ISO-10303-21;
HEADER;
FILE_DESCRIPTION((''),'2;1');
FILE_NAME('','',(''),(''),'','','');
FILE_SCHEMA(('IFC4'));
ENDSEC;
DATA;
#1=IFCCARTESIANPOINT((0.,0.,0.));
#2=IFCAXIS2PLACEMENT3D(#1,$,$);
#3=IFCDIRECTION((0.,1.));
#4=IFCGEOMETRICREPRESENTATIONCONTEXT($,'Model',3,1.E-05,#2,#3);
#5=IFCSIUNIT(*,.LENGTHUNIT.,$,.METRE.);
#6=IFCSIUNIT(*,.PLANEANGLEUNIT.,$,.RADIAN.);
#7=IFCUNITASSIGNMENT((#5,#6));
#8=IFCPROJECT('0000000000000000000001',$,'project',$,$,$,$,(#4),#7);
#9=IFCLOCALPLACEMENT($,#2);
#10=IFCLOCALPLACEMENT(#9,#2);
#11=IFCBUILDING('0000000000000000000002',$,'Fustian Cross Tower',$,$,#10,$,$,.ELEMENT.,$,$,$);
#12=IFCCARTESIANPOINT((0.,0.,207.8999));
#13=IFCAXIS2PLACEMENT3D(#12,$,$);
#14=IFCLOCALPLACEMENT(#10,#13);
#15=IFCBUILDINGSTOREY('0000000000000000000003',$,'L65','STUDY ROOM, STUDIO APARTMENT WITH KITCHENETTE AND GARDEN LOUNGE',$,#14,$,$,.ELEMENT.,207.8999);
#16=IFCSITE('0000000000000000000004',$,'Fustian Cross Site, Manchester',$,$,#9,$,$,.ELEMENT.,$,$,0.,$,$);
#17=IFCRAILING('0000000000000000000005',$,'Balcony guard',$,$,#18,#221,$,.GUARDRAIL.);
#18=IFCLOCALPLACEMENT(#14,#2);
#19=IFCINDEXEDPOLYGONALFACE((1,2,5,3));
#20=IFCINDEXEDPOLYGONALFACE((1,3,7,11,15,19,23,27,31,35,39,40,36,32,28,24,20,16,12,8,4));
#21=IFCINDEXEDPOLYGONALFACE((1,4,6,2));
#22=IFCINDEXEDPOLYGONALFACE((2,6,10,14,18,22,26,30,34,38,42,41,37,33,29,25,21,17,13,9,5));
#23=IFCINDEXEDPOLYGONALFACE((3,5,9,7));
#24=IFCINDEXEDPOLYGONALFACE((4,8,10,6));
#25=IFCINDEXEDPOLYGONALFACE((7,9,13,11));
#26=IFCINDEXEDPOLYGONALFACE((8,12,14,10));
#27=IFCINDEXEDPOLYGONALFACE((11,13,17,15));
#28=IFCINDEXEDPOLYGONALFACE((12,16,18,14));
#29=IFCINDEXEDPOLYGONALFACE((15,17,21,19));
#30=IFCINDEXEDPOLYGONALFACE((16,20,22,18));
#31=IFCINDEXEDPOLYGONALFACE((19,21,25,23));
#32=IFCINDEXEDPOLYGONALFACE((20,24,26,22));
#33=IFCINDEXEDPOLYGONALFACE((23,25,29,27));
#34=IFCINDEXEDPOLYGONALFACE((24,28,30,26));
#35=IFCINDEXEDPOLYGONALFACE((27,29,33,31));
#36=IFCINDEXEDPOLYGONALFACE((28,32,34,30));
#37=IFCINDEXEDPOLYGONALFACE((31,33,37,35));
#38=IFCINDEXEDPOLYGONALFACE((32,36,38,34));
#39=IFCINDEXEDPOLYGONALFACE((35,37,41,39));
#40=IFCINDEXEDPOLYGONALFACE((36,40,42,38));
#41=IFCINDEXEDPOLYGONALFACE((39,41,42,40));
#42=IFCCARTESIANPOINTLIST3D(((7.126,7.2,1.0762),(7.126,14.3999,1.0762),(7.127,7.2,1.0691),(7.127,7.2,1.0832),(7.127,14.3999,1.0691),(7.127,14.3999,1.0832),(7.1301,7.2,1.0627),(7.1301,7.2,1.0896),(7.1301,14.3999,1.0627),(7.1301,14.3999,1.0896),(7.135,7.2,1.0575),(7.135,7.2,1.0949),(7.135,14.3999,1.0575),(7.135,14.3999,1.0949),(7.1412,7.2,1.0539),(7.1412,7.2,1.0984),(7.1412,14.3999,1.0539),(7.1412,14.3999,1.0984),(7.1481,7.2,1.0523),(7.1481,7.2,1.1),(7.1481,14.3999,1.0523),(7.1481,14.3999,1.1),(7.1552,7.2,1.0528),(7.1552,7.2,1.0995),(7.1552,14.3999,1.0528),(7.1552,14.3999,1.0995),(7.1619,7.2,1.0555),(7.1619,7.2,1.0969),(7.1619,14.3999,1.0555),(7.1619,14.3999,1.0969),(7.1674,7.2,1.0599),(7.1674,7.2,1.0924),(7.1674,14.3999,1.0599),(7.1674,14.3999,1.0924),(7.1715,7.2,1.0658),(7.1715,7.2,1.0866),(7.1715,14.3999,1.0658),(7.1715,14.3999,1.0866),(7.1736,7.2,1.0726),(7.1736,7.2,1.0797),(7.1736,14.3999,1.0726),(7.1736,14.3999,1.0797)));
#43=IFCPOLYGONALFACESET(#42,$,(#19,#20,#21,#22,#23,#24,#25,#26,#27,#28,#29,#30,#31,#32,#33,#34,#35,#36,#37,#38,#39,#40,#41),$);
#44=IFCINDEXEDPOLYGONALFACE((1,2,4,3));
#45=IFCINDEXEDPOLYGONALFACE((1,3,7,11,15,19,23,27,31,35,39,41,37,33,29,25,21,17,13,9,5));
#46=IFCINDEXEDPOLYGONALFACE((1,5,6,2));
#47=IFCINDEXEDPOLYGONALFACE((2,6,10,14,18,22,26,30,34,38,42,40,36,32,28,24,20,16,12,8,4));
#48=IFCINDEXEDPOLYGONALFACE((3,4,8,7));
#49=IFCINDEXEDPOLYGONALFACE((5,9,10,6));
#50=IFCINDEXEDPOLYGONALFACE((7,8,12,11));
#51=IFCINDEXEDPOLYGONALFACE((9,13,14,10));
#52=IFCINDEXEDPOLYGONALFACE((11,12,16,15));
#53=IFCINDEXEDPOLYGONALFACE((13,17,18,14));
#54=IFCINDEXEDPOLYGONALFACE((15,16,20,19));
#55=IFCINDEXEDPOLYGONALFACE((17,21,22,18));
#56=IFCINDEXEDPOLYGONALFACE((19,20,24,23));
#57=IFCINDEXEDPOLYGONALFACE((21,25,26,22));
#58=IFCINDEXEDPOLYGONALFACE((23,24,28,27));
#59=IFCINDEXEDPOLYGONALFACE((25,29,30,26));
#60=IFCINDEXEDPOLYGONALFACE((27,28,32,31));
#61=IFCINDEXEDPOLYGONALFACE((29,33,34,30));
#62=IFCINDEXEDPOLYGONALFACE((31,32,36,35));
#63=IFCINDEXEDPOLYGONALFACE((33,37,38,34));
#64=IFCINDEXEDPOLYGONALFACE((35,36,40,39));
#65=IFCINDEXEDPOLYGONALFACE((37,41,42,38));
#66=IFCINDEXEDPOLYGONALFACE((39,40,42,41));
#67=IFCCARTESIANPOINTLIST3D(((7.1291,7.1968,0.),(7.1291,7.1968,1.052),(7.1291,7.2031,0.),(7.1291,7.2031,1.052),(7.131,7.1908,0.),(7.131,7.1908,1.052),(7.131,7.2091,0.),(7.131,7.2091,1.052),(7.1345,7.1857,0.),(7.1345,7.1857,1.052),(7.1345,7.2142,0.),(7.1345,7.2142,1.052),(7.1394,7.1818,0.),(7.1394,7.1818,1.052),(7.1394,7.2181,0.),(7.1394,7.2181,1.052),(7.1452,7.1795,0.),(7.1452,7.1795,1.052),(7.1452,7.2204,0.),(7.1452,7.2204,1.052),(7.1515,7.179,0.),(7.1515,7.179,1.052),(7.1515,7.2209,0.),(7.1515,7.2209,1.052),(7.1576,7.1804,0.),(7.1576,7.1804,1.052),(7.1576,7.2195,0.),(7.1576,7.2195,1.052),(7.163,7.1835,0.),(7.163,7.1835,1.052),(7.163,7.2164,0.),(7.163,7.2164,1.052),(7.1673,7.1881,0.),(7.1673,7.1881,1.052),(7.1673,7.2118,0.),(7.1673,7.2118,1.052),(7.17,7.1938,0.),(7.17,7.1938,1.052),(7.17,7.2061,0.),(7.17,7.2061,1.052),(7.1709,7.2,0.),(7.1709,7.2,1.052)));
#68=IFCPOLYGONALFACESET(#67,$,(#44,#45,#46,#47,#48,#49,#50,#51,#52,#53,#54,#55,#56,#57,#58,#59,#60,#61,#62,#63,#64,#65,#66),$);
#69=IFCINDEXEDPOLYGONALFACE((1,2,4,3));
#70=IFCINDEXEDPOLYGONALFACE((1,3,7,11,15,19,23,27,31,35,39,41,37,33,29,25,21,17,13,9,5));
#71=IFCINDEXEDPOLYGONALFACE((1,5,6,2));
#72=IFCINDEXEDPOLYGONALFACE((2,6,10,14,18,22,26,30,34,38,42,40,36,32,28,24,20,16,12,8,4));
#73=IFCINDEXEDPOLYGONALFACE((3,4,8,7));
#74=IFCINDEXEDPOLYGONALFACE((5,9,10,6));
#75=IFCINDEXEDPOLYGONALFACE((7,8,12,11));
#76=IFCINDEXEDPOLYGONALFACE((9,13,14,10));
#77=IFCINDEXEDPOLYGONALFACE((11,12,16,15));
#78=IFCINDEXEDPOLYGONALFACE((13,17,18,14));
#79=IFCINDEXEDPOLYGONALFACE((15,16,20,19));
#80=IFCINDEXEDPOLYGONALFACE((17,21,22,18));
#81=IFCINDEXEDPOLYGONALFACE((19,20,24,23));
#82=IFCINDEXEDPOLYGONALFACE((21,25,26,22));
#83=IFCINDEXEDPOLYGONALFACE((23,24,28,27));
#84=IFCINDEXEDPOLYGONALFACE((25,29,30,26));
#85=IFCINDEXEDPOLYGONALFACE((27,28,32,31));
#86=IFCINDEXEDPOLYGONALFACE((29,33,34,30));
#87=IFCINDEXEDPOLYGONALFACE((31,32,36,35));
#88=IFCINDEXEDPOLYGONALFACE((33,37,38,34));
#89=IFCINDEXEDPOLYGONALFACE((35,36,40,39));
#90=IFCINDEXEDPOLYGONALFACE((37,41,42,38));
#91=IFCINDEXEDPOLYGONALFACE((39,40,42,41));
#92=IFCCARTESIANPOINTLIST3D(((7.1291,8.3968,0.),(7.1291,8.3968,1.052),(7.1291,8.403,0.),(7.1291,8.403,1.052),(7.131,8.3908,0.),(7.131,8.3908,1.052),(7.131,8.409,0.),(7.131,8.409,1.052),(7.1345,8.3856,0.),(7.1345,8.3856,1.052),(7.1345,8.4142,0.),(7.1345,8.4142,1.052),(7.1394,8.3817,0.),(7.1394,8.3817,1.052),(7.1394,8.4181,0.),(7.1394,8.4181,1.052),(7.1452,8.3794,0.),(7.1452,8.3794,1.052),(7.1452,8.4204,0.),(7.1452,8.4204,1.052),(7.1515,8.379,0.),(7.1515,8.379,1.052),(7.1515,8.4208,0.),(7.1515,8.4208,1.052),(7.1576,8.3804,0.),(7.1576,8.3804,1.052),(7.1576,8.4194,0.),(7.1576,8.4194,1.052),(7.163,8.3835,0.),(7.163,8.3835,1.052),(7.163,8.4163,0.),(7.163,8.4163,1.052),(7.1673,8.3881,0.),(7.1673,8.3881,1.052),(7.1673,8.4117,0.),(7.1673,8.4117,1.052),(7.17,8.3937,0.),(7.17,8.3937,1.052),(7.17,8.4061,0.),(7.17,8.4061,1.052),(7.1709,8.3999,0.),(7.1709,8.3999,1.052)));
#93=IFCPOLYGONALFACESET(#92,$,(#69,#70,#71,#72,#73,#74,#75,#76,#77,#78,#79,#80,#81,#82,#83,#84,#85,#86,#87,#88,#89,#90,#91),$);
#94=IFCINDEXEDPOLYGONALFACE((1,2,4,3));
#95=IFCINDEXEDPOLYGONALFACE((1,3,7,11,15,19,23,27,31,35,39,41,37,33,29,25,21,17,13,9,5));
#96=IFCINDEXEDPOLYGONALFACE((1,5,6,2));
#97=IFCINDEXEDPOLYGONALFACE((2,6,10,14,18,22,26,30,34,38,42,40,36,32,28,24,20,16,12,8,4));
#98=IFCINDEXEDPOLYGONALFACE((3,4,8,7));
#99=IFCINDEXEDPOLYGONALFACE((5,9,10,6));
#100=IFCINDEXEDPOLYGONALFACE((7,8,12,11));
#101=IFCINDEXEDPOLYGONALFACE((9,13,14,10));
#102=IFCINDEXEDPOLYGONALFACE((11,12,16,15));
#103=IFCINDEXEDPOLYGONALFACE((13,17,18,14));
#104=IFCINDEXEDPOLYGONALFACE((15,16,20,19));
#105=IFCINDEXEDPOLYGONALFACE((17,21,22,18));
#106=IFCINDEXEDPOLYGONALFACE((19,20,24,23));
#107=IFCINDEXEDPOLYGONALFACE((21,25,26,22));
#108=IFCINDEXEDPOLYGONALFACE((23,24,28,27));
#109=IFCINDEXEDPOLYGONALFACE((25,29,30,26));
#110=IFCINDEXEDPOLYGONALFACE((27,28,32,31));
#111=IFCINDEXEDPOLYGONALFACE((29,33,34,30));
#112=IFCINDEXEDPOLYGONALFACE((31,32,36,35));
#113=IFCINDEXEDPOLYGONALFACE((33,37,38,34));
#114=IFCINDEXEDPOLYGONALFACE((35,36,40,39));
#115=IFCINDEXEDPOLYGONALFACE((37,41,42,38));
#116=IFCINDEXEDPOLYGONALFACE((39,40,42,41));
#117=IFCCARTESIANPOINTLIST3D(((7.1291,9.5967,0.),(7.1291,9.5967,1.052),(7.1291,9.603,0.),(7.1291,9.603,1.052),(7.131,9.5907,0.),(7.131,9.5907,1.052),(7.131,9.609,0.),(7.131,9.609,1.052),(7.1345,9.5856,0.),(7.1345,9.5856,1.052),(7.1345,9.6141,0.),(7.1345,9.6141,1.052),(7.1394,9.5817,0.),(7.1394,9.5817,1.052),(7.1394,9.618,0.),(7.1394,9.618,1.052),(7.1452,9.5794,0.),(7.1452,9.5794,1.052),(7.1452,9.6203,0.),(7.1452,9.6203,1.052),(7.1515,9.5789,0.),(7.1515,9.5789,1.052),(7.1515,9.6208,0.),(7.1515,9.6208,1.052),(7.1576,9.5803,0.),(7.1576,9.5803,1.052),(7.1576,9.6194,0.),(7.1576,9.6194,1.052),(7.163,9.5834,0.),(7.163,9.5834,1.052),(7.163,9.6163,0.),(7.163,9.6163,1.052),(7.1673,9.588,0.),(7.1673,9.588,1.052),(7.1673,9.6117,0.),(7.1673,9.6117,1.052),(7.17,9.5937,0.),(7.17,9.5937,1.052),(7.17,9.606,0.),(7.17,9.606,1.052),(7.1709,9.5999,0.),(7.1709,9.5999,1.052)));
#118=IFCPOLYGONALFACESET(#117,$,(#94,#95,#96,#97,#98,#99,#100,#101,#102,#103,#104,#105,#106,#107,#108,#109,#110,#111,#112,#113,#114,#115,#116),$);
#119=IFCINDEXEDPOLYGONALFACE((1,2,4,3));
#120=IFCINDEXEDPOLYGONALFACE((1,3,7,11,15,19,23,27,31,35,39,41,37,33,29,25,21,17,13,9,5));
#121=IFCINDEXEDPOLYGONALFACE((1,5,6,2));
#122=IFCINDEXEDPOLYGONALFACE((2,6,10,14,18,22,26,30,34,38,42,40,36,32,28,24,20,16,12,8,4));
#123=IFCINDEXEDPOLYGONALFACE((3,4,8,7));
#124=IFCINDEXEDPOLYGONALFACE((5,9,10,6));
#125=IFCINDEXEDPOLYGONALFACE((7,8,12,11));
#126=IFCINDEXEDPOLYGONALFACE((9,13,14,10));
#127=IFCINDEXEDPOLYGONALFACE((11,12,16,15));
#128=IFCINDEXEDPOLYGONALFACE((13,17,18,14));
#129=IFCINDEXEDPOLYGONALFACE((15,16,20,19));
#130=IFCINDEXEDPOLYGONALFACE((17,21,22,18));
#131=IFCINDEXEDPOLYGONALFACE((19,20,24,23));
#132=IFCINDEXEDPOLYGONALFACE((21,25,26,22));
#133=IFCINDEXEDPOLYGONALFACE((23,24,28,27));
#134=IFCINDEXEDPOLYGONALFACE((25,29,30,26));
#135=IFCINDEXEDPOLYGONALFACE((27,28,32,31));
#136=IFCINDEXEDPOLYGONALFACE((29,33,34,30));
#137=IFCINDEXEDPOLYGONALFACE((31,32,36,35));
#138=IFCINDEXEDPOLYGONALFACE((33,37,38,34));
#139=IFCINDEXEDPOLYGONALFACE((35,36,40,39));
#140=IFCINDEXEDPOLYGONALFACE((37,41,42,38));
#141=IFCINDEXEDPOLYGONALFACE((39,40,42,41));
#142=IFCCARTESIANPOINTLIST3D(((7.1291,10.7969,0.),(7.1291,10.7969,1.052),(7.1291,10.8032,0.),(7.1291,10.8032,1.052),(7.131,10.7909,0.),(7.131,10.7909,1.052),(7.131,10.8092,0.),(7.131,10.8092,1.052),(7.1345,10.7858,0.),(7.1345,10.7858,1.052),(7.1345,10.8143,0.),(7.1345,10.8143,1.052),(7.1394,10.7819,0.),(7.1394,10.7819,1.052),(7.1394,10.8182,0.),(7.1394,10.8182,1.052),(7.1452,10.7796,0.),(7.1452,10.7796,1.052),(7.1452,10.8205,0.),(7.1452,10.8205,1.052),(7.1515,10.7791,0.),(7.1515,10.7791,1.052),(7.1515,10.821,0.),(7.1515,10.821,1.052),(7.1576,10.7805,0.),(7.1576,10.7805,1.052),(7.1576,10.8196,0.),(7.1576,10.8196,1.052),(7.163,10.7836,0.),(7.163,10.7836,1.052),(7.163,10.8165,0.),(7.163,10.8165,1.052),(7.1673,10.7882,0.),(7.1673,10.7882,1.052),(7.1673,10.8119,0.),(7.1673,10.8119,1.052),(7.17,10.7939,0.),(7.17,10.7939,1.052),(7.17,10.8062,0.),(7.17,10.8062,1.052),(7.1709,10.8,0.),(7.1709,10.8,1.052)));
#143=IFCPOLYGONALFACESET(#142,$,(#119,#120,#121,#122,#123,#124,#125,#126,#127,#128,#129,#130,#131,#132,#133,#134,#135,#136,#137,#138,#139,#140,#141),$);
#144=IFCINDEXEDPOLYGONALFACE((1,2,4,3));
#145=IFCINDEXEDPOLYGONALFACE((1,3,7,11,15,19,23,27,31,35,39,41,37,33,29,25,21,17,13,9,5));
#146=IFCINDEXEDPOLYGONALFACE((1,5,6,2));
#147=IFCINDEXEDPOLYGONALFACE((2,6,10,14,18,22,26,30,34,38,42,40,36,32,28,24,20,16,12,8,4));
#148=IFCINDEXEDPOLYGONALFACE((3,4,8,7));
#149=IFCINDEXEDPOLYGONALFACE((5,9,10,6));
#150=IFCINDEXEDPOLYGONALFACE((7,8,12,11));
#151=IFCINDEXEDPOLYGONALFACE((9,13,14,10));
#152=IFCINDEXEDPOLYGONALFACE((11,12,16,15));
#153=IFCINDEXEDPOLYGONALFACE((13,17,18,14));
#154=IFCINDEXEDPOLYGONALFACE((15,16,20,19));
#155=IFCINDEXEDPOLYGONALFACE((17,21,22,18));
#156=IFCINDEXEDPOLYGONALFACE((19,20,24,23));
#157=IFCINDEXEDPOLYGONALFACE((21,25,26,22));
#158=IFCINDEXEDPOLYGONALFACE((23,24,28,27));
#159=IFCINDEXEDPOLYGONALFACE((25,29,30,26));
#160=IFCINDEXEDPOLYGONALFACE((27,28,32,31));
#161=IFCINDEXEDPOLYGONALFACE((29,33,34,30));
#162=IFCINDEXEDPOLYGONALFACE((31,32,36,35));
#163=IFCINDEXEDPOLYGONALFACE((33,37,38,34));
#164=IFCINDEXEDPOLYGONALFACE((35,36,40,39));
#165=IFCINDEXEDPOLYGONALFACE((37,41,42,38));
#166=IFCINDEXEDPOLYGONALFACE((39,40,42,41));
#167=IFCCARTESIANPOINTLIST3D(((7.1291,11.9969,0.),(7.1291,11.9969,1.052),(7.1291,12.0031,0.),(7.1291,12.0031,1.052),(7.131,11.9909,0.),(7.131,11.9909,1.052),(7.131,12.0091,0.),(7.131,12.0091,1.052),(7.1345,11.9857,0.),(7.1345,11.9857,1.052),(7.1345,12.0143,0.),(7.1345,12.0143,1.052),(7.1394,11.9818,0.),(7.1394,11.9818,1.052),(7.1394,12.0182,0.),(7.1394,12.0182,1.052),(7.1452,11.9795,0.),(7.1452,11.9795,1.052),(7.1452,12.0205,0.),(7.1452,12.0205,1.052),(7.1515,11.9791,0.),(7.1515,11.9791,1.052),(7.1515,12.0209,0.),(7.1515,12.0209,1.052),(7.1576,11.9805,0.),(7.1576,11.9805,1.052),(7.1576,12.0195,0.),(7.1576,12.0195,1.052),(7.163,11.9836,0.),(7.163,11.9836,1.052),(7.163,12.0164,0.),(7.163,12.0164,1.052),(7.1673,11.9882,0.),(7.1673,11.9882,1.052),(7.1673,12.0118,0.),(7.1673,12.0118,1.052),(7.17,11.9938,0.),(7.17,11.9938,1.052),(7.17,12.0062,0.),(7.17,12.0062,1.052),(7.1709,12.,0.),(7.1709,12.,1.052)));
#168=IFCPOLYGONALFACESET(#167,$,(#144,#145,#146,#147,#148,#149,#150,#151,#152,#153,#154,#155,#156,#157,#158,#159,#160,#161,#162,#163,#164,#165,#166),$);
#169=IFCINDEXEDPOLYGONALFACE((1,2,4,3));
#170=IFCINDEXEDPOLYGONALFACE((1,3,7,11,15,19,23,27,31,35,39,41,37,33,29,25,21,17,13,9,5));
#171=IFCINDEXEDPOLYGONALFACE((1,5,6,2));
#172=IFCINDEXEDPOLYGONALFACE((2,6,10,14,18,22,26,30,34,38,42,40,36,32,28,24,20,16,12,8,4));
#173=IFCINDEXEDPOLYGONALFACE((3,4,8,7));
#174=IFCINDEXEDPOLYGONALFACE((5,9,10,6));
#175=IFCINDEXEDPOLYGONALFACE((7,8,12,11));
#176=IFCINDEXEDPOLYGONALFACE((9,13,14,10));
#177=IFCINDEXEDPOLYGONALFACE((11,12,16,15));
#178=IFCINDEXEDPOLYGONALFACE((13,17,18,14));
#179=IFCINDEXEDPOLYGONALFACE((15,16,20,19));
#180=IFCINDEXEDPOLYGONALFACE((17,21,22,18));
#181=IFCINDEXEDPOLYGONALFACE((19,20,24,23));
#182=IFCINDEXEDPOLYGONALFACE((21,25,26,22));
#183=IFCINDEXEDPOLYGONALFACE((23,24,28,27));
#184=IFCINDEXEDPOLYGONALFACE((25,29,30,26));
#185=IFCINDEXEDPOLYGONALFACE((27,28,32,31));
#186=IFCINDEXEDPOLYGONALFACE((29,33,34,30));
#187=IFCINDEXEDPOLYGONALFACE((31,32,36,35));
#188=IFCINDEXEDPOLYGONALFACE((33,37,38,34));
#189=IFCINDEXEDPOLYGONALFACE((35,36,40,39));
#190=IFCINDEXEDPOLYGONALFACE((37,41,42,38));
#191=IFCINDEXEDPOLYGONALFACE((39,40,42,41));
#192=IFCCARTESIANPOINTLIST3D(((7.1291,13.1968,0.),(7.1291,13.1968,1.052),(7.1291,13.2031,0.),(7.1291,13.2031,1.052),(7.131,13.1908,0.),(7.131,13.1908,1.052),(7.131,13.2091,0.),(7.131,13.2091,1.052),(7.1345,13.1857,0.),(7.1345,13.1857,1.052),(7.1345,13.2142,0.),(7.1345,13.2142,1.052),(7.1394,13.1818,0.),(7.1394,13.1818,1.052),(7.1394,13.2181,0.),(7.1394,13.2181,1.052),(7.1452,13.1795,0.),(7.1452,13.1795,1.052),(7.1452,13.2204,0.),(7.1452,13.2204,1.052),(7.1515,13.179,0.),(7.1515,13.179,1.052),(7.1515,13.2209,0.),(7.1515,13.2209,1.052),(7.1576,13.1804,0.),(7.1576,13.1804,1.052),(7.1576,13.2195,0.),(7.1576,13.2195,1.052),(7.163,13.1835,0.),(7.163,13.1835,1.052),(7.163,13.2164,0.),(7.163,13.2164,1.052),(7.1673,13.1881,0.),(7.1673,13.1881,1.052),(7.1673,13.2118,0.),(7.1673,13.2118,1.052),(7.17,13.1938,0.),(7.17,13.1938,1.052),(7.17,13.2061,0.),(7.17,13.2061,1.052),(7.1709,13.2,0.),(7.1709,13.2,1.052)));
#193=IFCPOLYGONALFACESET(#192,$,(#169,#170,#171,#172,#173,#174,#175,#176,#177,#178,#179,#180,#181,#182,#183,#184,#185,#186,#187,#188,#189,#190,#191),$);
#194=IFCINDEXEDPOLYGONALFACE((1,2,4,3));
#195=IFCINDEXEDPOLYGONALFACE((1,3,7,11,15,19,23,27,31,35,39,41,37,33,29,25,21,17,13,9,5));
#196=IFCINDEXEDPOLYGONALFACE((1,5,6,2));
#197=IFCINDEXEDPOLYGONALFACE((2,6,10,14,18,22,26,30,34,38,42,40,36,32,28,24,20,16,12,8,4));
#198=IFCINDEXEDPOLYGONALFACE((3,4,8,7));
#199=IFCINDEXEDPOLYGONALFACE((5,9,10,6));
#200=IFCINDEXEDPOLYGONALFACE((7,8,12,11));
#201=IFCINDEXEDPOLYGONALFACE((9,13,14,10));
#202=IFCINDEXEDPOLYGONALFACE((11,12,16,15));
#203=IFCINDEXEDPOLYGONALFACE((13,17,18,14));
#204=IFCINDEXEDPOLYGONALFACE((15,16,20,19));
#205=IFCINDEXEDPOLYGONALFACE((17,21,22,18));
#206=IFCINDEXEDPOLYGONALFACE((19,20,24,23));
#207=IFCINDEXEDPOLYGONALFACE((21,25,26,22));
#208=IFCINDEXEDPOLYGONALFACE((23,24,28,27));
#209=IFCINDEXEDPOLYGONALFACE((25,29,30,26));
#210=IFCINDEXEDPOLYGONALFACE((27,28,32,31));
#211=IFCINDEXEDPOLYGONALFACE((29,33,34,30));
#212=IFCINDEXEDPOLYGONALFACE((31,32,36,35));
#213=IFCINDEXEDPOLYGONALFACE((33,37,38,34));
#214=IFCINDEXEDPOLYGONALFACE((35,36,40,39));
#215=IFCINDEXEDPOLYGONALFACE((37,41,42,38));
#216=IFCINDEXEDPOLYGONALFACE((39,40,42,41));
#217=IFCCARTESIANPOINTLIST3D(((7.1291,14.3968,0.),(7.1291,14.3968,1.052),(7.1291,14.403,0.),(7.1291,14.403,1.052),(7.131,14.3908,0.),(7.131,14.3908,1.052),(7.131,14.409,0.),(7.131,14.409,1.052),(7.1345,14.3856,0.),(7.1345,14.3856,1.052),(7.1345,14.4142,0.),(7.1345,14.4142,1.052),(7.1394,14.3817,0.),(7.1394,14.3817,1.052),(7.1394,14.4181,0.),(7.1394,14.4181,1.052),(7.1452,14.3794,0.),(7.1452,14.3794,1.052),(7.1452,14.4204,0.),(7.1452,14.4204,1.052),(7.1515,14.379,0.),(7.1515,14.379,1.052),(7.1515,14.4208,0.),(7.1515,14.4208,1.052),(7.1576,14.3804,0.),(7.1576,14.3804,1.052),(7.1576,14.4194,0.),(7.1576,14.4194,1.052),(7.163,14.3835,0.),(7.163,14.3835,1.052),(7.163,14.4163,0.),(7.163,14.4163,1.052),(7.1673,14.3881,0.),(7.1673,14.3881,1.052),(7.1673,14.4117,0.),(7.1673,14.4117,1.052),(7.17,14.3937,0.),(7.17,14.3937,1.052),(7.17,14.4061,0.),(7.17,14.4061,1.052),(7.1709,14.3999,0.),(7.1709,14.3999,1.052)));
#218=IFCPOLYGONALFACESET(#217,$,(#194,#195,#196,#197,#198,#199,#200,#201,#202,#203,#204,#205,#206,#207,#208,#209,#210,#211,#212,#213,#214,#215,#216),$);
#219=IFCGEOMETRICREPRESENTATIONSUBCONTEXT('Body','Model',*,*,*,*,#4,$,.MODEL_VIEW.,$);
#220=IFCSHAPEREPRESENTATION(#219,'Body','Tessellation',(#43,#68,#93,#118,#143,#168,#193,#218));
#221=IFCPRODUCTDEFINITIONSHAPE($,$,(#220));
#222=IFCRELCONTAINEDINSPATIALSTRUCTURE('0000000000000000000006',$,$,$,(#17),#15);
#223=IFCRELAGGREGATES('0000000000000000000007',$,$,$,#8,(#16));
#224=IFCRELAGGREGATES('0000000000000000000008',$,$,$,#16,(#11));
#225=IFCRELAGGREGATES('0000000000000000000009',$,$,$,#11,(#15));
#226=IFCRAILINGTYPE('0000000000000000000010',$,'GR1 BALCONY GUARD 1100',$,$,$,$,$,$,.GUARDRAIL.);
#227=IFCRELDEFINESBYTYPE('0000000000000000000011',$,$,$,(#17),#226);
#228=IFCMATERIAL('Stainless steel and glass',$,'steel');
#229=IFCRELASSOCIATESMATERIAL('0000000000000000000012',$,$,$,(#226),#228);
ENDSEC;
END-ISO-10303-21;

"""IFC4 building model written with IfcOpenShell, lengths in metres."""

from ifc_helpers import new_model, si_unit, direction, frame, origin, origin_2d, place, context, subcontext, project, spatial, circle, extrude, material, type_object, element, save


model = new_model("IFC4")

# Units and contexts
model_context = context("Model", 3, precision=1e-05, world=origin(), true_north=direction((0.0, 1.0)))
body_context = subcontext(model_context, "Body", "Model", "MODEL_VIEW")
ifc_project = project(units=[si_unit("LENGTHUNIT", "METRE"), si_unit("PLANEANGLEUNIT", "RADIAN")], contexts=[model_context])

# Site, building, storey
site_placement = place(None, origin())
site = spatial("IfcSite", under=ifc_project, at=site_placement, Name="Fustian Cross Site, Manchester", CompositionType="ELEMENT", RefElevation=0.0)
building_placement = place(site_placement, origin())
building = spatial("IfcBuilding", under=site, at=building_placement, Name="Fustian Cross Tower", CompositionType="ELEMENT")
storey_placement = place(building_placement, frame((0.0, 0.0, 207.8999)))
storey = spatial("IfcBuildingStorey", under=building, at=storey_placement, Name="L65", Description="STUDY ROOM, STUDIO APARTMENT WITH KITCHENETTE AND GARDEN LOUNGE", CompositionType="ELEMENT", Elevation=207.8999)

# Railing
ifc_material_1 = material(Name="Stainless steel and glass", Category="steel")
railing_type = type_object("IfcRailingType", Name="GR1 BALCONY GUARD 1100", PredefinedType="GUARDRAIL", material=ifc_material_1)
railing_placement = place(storey_placement, frame((7.1499, 7.2, 0.0)))
element("IfcRailing", 1, at=railing_placement, inside=storey, type_object=railing_type, Name="Balcony guard", PredefinedType="GUARDRAIL", context=body_context, shape_type="SweptSolid", body=[
    extrude(circle(Radius=0.0239, at=origin_2d()), frame((0.0, 0.0, 1.0762), z_axis=(0.0, 1.0, 0.0), x_axis=(-1.0, 0.0, 0.0)), (0.0, 0.0, 1.0), 7.2),
    extrude(circle(Radius=0.021, at=origin_2d()), origin(), (0.0, 0.0, 1.0), 1.052),
    extrude(circle(Radius=0.021, at=origin_2d()), frame((0.0, 1.2, 0.0)), (0.0, 0.0, 1.0), 1.052),
    extrude(circle(Radius=0.021, at=origin_2d()), frame((0.0, 2.3999, 0.0)), (0.0, 0.0, 1.0), 1.052),
    extrude(circle(Radius=0.021, at=origin_2d()), frame((0.0, 3.6001, 0.0)), (0.0, 0.0, 1.0), 1.052),
    extrude(circle(Radius=0.021, at=origin_2d()), frame((0.0, 4.8, 0.0)), (0.0, 0.0, 1.0), 1.052),
    extrude(circle(Radius=0.021, at=origin_2d()), frame((0.0, 6.0, 0.0)), (0.0, 0.0, 1.0), 1.052),
    extrude(circle(Radius=0.021, at=origin_2d()), frame((0.0, 7.2, 0.0)), (0.0, 0.0, 1.0), 1.052),
])

save(model, "model.ifc")
